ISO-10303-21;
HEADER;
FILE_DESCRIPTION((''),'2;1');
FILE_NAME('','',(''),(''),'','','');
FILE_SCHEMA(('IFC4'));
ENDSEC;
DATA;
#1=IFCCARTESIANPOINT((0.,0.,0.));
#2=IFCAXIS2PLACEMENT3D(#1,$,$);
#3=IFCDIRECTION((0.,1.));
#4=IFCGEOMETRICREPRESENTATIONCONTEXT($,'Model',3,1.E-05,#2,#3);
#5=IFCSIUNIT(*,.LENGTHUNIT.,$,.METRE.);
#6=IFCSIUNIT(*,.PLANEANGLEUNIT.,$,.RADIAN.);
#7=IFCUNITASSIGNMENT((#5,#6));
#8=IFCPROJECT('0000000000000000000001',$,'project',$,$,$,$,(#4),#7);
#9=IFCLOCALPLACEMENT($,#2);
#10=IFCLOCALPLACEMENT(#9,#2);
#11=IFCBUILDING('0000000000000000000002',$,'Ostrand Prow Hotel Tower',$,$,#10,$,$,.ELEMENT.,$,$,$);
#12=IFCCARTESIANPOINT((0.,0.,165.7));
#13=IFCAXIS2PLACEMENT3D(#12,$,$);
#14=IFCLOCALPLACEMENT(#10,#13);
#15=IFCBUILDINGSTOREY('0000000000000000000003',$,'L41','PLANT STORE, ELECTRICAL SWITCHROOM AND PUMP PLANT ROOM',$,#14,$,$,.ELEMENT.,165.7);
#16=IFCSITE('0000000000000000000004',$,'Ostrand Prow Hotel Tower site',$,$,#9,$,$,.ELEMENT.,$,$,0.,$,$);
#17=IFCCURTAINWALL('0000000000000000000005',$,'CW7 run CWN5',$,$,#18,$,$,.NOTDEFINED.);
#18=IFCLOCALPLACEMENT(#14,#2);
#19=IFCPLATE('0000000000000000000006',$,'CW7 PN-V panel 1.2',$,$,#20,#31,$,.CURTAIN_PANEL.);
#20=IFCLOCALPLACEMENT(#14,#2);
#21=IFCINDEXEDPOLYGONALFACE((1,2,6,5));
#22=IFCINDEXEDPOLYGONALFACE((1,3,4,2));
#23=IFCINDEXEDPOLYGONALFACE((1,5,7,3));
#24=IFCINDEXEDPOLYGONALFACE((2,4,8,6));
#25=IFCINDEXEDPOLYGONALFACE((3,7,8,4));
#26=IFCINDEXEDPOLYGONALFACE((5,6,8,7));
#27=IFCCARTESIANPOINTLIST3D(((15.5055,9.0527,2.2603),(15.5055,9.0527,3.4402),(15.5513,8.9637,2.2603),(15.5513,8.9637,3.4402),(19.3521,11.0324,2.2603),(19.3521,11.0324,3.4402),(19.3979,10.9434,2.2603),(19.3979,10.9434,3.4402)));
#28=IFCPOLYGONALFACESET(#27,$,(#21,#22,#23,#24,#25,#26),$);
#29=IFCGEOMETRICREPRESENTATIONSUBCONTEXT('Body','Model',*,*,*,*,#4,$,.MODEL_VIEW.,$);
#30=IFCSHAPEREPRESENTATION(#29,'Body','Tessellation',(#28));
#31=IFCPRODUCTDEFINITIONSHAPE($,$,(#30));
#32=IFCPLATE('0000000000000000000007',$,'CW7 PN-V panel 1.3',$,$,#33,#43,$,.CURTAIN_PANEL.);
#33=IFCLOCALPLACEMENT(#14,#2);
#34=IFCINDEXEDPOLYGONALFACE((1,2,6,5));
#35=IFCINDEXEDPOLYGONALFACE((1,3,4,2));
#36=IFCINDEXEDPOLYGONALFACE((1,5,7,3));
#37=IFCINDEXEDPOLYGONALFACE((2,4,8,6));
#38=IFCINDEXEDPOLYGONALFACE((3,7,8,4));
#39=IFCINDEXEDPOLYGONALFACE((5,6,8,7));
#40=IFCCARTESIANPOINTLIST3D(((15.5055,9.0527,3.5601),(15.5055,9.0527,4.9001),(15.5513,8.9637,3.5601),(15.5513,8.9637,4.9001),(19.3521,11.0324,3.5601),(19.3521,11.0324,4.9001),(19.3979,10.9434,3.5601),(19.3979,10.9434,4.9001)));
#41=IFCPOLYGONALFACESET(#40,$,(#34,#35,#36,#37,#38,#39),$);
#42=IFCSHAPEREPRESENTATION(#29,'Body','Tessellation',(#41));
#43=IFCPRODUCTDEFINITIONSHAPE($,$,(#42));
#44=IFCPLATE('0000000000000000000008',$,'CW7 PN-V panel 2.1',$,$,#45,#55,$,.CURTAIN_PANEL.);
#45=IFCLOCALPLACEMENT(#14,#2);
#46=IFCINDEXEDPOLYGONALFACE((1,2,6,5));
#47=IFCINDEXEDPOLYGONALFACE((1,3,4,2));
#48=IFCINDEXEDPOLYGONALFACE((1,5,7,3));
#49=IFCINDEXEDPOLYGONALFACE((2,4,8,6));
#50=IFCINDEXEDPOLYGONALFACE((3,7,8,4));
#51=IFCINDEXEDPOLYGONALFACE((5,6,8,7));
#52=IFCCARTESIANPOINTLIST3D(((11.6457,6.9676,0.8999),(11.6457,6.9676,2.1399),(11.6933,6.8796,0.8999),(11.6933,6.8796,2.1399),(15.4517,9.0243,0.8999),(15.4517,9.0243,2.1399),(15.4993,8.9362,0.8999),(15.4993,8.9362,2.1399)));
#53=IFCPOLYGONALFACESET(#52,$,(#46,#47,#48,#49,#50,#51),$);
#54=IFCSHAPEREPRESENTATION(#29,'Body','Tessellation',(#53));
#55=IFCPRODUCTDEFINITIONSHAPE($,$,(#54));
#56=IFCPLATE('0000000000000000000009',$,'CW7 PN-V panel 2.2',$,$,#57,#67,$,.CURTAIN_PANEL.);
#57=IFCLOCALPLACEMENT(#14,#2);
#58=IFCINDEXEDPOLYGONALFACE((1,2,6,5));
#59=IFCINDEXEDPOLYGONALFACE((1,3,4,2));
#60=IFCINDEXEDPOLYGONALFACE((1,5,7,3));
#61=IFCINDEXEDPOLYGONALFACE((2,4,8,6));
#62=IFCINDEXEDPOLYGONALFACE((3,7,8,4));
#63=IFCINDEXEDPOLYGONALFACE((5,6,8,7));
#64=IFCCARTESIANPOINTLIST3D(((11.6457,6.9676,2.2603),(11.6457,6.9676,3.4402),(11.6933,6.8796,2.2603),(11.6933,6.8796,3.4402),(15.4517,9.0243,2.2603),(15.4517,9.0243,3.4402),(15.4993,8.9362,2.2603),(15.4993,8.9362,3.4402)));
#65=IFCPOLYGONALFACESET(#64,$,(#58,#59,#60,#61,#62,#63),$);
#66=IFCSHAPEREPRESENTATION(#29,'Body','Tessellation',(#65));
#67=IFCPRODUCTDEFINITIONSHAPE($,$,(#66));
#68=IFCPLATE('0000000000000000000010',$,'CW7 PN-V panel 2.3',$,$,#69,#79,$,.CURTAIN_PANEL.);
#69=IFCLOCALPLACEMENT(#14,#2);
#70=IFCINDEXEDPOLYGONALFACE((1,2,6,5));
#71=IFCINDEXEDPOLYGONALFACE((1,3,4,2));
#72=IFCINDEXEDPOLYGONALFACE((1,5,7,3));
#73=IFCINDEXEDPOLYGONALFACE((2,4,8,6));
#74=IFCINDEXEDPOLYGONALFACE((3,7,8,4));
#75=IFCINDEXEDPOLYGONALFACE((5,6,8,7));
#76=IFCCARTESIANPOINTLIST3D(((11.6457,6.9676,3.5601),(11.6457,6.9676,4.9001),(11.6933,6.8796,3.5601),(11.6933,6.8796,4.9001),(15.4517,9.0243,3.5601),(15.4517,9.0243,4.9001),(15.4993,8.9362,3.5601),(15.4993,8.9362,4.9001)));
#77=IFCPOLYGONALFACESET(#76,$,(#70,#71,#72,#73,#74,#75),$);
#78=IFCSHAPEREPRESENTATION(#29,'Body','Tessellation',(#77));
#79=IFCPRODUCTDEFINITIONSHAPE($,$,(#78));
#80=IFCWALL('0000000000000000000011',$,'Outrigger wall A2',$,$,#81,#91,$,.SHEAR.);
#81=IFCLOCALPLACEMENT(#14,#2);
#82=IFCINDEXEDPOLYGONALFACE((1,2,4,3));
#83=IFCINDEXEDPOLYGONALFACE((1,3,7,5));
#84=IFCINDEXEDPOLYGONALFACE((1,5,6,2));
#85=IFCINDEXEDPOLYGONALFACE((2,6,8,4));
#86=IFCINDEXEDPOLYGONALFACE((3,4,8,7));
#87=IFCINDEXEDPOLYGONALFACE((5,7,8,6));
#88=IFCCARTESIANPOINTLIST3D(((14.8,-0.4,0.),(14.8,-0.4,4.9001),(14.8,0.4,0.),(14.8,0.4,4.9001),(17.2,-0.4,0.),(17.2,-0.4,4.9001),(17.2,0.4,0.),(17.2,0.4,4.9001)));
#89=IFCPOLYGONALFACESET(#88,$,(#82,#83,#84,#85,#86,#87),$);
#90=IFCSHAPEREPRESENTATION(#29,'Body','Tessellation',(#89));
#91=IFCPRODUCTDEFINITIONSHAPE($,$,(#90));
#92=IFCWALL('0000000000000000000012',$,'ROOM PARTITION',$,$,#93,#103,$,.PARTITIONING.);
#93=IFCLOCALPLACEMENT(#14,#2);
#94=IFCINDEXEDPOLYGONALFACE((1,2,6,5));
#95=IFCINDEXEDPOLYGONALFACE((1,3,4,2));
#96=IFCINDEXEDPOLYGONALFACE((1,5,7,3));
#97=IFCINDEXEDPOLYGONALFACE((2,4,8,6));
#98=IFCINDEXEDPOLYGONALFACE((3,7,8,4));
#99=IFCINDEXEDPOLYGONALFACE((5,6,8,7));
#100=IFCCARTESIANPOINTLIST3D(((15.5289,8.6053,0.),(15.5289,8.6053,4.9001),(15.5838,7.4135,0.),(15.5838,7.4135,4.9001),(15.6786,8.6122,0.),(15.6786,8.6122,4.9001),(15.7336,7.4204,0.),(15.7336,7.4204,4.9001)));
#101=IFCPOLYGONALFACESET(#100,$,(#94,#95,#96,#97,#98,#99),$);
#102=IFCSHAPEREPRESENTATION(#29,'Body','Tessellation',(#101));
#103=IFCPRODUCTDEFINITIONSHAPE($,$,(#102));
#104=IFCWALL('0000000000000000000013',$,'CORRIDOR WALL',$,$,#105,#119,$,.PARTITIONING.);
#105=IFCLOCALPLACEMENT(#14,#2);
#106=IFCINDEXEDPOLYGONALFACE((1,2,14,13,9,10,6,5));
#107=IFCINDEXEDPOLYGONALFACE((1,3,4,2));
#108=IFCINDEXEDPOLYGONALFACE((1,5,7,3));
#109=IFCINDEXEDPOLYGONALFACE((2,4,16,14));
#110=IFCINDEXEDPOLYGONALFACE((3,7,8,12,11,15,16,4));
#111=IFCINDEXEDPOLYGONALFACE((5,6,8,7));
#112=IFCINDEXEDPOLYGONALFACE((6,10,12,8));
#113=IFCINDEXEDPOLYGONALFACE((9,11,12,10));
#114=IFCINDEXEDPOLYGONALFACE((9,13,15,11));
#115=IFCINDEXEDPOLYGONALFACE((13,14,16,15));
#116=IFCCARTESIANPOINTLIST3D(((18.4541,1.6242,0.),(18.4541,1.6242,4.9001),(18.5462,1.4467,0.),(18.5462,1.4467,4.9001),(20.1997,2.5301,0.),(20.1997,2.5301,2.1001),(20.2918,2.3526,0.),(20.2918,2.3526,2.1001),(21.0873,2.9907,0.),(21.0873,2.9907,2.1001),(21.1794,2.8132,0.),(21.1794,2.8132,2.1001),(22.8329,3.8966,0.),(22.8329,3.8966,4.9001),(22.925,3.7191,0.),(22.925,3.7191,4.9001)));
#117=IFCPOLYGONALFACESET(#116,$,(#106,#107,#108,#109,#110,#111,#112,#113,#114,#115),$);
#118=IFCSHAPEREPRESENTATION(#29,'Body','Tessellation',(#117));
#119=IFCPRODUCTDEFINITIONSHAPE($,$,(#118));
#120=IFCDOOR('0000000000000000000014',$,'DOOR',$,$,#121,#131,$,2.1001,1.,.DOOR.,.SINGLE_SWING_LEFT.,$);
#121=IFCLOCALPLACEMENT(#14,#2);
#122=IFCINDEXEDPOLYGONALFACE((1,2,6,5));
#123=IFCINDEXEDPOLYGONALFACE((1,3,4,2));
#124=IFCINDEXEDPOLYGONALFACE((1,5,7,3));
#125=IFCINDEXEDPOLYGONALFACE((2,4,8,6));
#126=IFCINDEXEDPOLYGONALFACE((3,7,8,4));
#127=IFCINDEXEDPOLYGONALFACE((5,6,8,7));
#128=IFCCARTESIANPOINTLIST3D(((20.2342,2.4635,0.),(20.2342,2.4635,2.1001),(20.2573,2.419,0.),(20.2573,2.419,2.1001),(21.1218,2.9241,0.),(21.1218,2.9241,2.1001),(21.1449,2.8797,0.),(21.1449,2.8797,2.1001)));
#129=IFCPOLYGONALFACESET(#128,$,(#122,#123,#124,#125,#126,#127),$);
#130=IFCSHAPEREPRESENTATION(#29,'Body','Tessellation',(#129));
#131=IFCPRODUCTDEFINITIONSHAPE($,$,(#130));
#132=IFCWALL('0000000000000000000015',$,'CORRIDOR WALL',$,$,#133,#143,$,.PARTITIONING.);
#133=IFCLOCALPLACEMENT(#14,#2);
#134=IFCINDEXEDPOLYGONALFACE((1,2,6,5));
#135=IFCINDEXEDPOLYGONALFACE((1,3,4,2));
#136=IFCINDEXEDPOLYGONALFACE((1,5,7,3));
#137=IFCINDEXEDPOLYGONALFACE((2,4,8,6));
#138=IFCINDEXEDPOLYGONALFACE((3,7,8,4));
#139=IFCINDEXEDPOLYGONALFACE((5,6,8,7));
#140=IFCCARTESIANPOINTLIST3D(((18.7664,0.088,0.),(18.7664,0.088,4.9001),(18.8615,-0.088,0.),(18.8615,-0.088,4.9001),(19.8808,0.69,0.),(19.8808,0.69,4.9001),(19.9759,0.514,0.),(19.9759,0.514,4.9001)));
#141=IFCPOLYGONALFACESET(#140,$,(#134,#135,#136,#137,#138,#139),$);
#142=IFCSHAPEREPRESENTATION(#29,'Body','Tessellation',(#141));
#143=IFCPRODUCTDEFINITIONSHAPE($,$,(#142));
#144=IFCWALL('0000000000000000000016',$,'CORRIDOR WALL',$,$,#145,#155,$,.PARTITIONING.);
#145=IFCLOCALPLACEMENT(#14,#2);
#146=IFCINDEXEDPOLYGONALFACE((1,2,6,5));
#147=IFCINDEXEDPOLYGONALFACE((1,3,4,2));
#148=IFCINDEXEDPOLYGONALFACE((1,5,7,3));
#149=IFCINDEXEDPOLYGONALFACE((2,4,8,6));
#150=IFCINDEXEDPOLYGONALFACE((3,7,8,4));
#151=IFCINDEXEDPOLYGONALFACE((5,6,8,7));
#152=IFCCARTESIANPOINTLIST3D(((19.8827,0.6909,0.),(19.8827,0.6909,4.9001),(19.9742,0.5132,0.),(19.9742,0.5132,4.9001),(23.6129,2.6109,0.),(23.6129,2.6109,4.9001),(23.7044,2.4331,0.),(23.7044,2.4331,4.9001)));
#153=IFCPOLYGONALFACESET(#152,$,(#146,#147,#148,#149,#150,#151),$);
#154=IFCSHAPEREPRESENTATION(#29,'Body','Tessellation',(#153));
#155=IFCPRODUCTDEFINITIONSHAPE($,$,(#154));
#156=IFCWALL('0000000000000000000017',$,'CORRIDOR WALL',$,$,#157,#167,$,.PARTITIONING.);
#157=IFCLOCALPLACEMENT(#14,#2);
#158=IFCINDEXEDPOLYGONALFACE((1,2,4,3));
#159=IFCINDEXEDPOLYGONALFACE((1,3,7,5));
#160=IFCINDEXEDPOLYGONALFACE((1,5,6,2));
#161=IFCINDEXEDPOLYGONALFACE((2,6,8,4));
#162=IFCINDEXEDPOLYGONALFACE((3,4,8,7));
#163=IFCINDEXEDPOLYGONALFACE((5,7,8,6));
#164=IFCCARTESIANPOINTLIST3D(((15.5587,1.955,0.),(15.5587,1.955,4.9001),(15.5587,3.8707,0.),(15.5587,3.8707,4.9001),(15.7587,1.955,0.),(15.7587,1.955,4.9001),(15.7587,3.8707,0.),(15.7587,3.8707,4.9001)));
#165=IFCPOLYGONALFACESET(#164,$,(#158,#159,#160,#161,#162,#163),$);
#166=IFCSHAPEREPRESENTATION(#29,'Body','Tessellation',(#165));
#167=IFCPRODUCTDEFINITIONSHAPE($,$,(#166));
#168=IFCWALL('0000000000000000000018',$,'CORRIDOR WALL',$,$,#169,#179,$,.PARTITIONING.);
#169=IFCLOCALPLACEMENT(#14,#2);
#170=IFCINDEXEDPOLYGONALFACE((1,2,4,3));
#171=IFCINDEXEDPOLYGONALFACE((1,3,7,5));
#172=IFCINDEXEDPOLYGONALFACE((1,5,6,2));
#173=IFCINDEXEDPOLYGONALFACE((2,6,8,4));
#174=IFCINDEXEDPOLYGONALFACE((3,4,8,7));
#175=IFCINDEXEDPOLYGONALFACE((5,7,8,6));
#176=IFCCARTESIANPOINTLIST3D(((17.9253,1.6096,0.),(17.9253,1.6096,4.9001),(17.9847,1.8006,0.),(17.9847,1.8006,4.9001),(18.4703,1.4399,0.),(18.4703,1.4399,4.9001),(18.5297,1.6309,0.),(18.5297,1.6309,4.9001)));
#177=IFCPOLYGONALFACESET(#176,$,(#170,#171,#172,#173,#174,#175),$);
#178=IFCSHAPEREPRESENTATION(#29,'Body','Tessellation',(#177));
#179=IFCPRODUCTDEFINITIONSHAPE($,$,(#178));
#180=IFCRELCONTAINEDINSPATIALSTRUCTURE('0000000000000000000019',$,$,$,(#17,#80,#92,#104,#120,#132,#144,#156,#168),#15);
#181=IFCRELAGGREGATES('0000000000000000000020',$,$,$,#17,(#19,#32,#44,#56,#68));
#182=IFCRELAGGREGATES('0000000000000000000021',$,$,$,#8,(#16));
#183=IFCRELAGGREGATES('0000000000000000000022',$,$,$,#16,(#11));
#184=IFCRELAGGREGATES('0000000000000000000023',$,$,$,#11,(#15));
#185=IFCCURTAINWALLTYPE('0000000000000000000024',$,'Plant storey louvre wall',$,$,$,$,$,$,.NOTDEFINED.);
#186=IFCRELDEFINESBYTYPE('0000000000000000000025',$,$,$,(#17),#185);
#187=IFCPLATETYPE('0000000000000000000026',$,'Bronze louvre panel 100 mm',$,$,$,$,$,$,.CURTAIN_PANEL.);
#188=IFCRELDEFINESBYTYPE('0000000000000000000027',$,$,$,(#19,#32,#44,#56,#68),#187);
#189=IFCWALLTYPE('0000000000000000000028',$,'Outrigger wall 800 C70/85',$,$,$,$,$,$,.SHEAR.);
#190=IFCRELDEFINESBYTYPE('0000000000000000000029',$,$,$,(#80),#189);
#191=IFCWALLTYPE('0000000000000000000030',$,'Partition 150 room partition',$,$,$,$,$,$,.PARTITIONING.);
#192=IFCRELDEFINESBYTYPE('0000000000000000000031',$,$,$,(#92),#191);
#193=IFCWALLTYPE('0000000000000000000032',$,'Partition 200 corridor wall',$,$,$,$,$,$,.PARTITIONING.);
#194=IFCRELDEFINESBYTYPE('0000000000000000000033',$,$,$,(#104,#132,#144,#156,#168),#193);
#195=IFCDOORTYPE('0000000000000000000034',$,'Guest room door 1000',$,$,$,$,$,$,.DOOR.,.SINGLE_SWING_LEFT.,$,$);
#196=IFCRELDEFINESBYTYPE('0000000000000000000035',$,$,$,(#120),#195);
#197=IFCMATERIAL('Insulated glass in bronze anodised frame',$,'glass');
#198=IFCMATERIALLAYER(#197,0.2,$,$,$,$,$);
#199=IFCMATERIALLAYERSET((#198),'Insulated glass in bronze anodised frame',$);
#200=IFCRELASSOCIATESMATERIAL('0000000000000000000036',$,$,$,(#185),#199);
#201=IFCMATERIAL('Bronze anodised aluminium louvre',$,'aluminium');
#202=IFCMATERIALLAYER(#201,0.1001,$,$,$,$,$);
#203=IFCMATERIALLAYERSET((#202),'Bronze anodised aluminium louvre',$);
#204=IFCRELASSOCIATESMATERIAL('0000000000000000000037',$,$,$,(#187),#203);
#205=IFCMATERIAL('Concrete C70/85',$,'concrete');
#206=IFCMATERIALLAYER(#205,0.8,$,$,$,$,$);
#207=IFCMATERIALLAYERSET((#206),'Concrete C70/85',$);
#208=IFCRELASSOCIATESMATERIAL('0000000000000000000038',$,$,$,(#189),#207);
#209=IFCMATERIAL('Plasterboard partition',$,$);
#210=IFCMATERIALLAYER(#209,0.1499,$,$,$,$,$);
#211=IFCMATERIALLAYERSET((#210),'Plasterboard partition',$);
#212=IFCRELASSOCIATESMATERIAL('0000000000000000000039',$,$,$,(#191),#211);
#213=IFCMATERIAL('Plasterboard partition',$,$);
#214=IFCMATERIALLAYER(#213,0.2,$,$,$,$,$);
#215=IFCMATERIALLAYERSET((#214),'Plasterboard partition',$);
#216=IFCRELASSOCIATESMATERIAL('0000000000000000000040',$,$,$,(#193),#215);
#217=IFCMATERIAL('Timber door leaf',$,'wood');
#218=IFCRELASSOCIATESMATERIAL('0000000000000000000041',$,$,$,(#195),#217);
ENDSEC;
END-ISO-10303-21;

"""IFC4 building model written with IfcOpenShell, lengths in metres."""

from ifc_helpers import new_model, si_unit, direction, frame, frame_2d, origin, origin_2d, place, context, subcontext, project, spatial, rectangle, extrude, material, layer, layer_set, type_object, element, fill, aggregate, save


model = new_model("IFC4")

# Units and contexts
model_context = context("Model", 3, precision=1e-05, world=origin(), true_north=direction((0.0, 1.0)))
body_context = subcontext(model_context, "Body", "Model", "MODEL_VIEW")
ifc_project = project(units=[si_unit("LENGTHUNIT", "METRE"), si_unit("PLANEANGLEUNIT", "RADIAN")], contexts=[model_context])

# Site, building, storey
site_placement = place(None, origin())
site = spatial("IfcSite", under=ifc_project, at=site_placement, Name="Ostrand Prow Hotel Tower site", CompositionType="ELEMENT", RefElevation=0.0)
building_placement = place(site_placement, origin())
building = spatial("IfcBuilding", under=site, at=building_placement, Name="Ostrand Prow Hotel Tower", CompositionType="ELEMENT")
storey_placement = place(building_placement, frame((0.0, 0.0, 165.7)))
storey = spatial("IfcBuildingStorey", under=building, at=storey_placement, Name="L41", Description="PLANT STORE, ELECTRICAL SWITCHROOM AND PUMP PLANT ROOM", CompositionType="ELEMENT", Elevation=165.7)

# Curtain wall
ifc_material_1 = material(Name="Insulated glass in bronze anodised frame", Category="glass")
ifc_layer_1 = layer(ifc_material_1, 0.2)
ifc_layer_set_1 = layer_set([ifc_layer_1], Name="Insulated glass in bronze anodised frame")
curtain_wall_type = type_object("IfcCurtainWallType", Name="Plant storey louvre wall", PredefinedType="NOTDEFINED", material=ifc_layer_set_1)
curtain_wall_1_placement = place(storey_placement, origin())
curtain_wall_1 = element("IfcCurtainWall", 1, at=curtain_wall_1_placement, inside=storey, type_object=curtain_wall_type, Name="CW7 run CWN5", PredefinedType="NOTDEFINED")

# Plates
ifc_material_2 = material(Name="Bronze anodised aluminium louvre", Category="aluminium")
ifc_layer_2 = layer(ifc_material_2, 0.1001)
ifc_layer_set_2 = layer_set([ifc_layer_2], Name="Bronze anodised aluminium louvre")
plate_type = type_object("IfcPlateType", Name="Bronze louvre panel 100 mm", PredefinedType="CURTAIN_PANEL", material=ifc_layer_set_2)
plate_1_placement = place(storey_placement, frame((17.4517, 9.998, 2.2603), z_axis=(0.0, 0.0, 1.0), x_axis=(-0.889148, -0.457619, 0.0)))
plate_1 = element("IfcPlate", 2, at=plate_1_placement, type_object=plate_type, Name="CW7 PN-V panel 1.2", PredefinedType="CURTAIN_PANEL", context=body_context, shape_type="SweptSolid", body=[
    extrude(rectangle(XDim=4.3262, YDim=0.1001, at=origin_2d()), origin(), (0.0, 0.0, 1.0), 1.1799),
])
plate_2_placement = place(storey_placement, frame((17.4517, 9.998, 3.5601), z_axis=(0.0, 0.0, 1.0), x_axis=(-0.889148, -0.457619, 0.0)))
plate_2 = element("IfcPlate", 3, at=plate_2_placement, type_object=plate_type, Name="CW7 PN-V panel 1.3", PredefinedType="CURTAIN_PANEL", context=body_context, shape_type="SweptSolid", body=[
    extrude(rectangle(XDim=4.3262, YDim=0.1001, at=origin_2d()), origin(), (0.0, 0.0, 1.0), 1.3401),
])
plate_3_placement = place(storey_placement, frame((13.5725, 7.9519, 0.8999), z_axis=(0.0, 0.0, 1.0), x_axis=(-0.879773, -0.475394, 0.0)))
plate_3 = element("IfcPlate", 4, at=plate_3_placement, type_object=plate_type, Name="CW7 PN-V panel 2.1", PredefinedType="CURTAIN_PANEL", context=body_context, shape_type="SweptSolid", body=[
    extrude(rectangle(XDim=4.3262, YDim=0.1001, at=origin_2d()), origin(), (0.0, 0.0, 1.0), 1.24),
])
plate_4_placement = place(storey_placement, frame((13.5725, 7.9519, 2.2603), z_axis=(0.0, 0.0, 1.0), x_axis=(-0.879773, -0.475394, 0.0)))
plate_4 = element("IfcPlate", 5, at=plate_4_placement, type_object=plate_type, Name="CW7 PN-V panel 2.2", PredefinedType="CURTAIN_PANEL", context=body_context, shape_type="SweptSolid", body=[
    extrude(rectangle(XDim=4.3262, YDim=0.1001, at=origin_2d()), origin(), (0.0, 0.0, 1.0), 1.1799),
])
plate_5_placement = place(storey_placement, frame((13.5725, 7.9519, 3.5601), z_axis=(0.0, 0.0, 1.0), x_axis=(-0.879773, -0.475394, 0.0)))
plate_5 = element("IfcPlate", 6, at=plate_5_placement, type_object=plate_type, Name="CW7 PN-V panel 2.3", PredefinedType="CURTAIN_PANEL", context=body_context, shape_type="SweptSolid", body=[
    extrude(rectangle(XDim=4.3262, YDim=0.1001, at=origin_2d()), origin(), (0.0, 0.0, 1.0), 1.3401),
])
aggregate(curtain_wall_1, [plate_1, plate_2, plate_3, plate_4, plate_5])

# Walls
ifc_material_3 = material(Name="Concrete C70/85", Category="concrete")
ifc_layer_3 = layer(ifc_material_3, 0.8)
ifc_layer_set_3 = layer_set([ifc_layer_3], Name="Concrete C70/85")
wall_type_1 = type_object("IfcWallType", Name="Outrigger wall 800 C70/85", PredefinedType="SHEAR", material=ifc_layer_set_3)
wall_1_placement = place(storey_placement, frame((14.8, 0.0, 0.0), z_axis=(0.0, 0.0, 1.0), x_axis=(1.0, 0.0, 0.0)))
element("IfcWall", 7, at=wall_1_placement, inside=storey, type_object=wall_type_1, Name="Outrigger wall A2", PredefinedType="SHEAR", context=body_context, shape_type="SweptSolid", body=[
    extrude(rectangle(XDim=2.3999, YDim=0.8, at=frame_2d((1.2, 0.0))), origin(), (0.0, 0.0, 1.0), 4.9001),
])
ifc_material_4 = material(Name="Plasterboard partition")
ifc_layer_4 = layer(ifc_material_4, 0.1499)
ifc_layer_set_4 = layer_set([ifc_layer_4], Name="Plasterboard partition")
wall_type_2 = type_object("IfcWallType", Name="Partition 150 room partition", PredefinedType="PARTITIONING", material=ifc_layer_set_4)
wall_2_placement = place(storey_placement, frame((15.6038, 8.6089, 0.0), z_axis=(0.0, 0.0, 1.0), x_axis=(0.046039, -0.99894, 0.0)))
element("IfcWall", 8, at=wall_2_placement, inside=storey, type_object=wall_type_2, Name="ROOM PARTITION", PredefinedType="PARTITIONING", context=body_context, shape_type="SweptSolid", body=[
    extrude(rectangle(XDim=1.1931, YDim=0.1499, at=frame_2d((0.5967, 0.0))), origin(), (0.0, 0.0, 1.0), 4.9001),
])

# Wall, opening, door
ifc_material_5 = material(Name="Plasterboard partition")
ifc_layer_5 = layer(ifc_material_5, 0.2)
ifc_layer_set_5 = layer_set([ifc_layer_5], Name="Plasterboard partition")
wall_type_3 = type_object("IfcWallType", Name="Partition 200 corridor wall", PredefinedType="PARTITIONING", material=ifc_layer_set_5)
wall_3_placement = place(storey_placement, frame((18.5, 1.5354, 0.0), z_axis=(0.0, 0.0, 1.0), x_axis=(0.887596, 0.460623, 0.0)))
wall_3 = element("IfcWall", 9, at=wall_3_placement, inside=storey, type_object=wall_type_3, Name="CORRIDOR WALL", PredefinedType="PARTITIONING", context=body_context, shape_type="SweptSolid", body=[
    extrude(rectangle(XDim=4.9333, YDim=0.2, at=frame_2d((2.4668, 0.0))), origin(), (0.0, 0.0, 1.0), 4.9001),
])
opening_placement = place(wall_3_placement, frame((1.9668, 0.0, 0.0)))
opening = element("IfcOpeningElement", 10, at=opening_placement, cuts=wall_3, PredefinedType="OPENING", context=body_context, shape_type="SweptSolid", body=[
    extrude(rectangle(XDim=1.0, YDim=2.1001, at=frame_2d((0.5, 1.05))), frame((0.0, 0.1099, 0.0), z_axis=(0.0, -1.0, 0.0), x_axis=(1.0, 0.0, 0.0)), (0.0, 0.0, 1.0), 0.22),
])
ifc_material_6 = material(Name="Timber door leaf", Category="wood")
door_type = type_object("IfcDoorType", Name="Guest room door 1000", OperationType="SINGLE_SWING_LEFT", PredefinedType="DOOR", material=ifc_material_6)
door_placement = place(opening_placement, origin())
door = element("IfcDoor", 11, at=door_placement, inside=storey, type_object=door_type, Name="DOOR", OperationType="SINGLE_SWING_LEFT", OverallHeight=2.1001, OverallWidth=1.0, PredefinedType="DOOR", context=body_context, shape_type="SweptSolid", body=[
    extrude(rectangle(XDim=1.0, YDim=2.1001, at=frame_2d((0.5, 1.05))), frame((0.0, 0.0249, 0.0), z_axis=(0.0, -1.0, 0.0), x_axis=(1.0, 0.0, 0.0)), (0.0, 0.0, 1.0), 0.05),
])
fill(opening, door)

# Walls
wall_4_placement = place(storey_placement, frame((18.814, 0.0, 0.0), z_axis=(0.0, 0.0, 1.0), x_axis=(0.879833, 0.475283, 0.0)))
element("IfcWall", 12, at=wall_4_placement, inside=storey, type_object=wall_type_3, Name="CORRIDOR WALL", PredefinedType="PARTITIONING", context=body_context, shape_type="SweptSolid", body=[
    extrude(rectangle(XDim=1.2666, YDim=0.2, at=frame_2d((0.6333, 0.0))), origin(), (0.0, 0.0, 1.0), 4.9001),
])
wall_5_placement = place(storey_placement, frame((19.9285, 0.6021, 0.0), z_axis=(0.0, 0.0, 1.0), x_axis=(0.88914, 0.457635, 0.0)))
element("IfcWall", 13, at=wall_5_placement, inside=storey, type_object=wall_type_3, Name="CORRIDOR WALL", PredefinedType="PARTITIONING", context=body_context, shape_type="SweptSolid", body=[
    extrude(rectangle(XDim=4.1953, YDim=0.2, at=frame_2d((2.0977, 0.0))), origin(), (0.0, 0.0, 1.0), 4.9001),
])
wall_6_placement = place(storey_placement, frame((15.6587, 3.8708, 0.0), z_axis=(0.0, 0.0, 1.0), x_axis=(0.0, -1.0, 0.0)))
element("IfcWall", 14, at=wall_6_placement, inside=storey, type_object=wall_type_3, Name="CORRIDOR WALL", PredefinedType="PARTITIONING", context=body_context, shape_type="SweptSolid", body=[
    extrude(rectangle(XDim=1.9158, YDim=0.2, at=frame_2d((0.958, 0.0))), origin(), (0.0, 0.0, 1.0), 4.9001),
])
wall_7_placement = place(storey_placement, frame((18.5, 1.5354, 0.0), z_axis=(0.0, 0.0, 1.0), x_axis=(-0.954784, 0.297301, 0.0)))
element("IfcWall", 15, at=wall_7_placement, inside=storey, type_object=wall_type_3, Name="CORRIDOR WALL", PredefinedType="PARTITIONING", context=body_context, shape_type="SweptSolid", body=[
    extrude(rectangle(XDim=0.5708, YDim=0.2, at=frame_2d((0.2854, 0.0))), origin(), (0.0, 0.0, 1.0), 4.9001),
])

save(model, "model.ifc")
